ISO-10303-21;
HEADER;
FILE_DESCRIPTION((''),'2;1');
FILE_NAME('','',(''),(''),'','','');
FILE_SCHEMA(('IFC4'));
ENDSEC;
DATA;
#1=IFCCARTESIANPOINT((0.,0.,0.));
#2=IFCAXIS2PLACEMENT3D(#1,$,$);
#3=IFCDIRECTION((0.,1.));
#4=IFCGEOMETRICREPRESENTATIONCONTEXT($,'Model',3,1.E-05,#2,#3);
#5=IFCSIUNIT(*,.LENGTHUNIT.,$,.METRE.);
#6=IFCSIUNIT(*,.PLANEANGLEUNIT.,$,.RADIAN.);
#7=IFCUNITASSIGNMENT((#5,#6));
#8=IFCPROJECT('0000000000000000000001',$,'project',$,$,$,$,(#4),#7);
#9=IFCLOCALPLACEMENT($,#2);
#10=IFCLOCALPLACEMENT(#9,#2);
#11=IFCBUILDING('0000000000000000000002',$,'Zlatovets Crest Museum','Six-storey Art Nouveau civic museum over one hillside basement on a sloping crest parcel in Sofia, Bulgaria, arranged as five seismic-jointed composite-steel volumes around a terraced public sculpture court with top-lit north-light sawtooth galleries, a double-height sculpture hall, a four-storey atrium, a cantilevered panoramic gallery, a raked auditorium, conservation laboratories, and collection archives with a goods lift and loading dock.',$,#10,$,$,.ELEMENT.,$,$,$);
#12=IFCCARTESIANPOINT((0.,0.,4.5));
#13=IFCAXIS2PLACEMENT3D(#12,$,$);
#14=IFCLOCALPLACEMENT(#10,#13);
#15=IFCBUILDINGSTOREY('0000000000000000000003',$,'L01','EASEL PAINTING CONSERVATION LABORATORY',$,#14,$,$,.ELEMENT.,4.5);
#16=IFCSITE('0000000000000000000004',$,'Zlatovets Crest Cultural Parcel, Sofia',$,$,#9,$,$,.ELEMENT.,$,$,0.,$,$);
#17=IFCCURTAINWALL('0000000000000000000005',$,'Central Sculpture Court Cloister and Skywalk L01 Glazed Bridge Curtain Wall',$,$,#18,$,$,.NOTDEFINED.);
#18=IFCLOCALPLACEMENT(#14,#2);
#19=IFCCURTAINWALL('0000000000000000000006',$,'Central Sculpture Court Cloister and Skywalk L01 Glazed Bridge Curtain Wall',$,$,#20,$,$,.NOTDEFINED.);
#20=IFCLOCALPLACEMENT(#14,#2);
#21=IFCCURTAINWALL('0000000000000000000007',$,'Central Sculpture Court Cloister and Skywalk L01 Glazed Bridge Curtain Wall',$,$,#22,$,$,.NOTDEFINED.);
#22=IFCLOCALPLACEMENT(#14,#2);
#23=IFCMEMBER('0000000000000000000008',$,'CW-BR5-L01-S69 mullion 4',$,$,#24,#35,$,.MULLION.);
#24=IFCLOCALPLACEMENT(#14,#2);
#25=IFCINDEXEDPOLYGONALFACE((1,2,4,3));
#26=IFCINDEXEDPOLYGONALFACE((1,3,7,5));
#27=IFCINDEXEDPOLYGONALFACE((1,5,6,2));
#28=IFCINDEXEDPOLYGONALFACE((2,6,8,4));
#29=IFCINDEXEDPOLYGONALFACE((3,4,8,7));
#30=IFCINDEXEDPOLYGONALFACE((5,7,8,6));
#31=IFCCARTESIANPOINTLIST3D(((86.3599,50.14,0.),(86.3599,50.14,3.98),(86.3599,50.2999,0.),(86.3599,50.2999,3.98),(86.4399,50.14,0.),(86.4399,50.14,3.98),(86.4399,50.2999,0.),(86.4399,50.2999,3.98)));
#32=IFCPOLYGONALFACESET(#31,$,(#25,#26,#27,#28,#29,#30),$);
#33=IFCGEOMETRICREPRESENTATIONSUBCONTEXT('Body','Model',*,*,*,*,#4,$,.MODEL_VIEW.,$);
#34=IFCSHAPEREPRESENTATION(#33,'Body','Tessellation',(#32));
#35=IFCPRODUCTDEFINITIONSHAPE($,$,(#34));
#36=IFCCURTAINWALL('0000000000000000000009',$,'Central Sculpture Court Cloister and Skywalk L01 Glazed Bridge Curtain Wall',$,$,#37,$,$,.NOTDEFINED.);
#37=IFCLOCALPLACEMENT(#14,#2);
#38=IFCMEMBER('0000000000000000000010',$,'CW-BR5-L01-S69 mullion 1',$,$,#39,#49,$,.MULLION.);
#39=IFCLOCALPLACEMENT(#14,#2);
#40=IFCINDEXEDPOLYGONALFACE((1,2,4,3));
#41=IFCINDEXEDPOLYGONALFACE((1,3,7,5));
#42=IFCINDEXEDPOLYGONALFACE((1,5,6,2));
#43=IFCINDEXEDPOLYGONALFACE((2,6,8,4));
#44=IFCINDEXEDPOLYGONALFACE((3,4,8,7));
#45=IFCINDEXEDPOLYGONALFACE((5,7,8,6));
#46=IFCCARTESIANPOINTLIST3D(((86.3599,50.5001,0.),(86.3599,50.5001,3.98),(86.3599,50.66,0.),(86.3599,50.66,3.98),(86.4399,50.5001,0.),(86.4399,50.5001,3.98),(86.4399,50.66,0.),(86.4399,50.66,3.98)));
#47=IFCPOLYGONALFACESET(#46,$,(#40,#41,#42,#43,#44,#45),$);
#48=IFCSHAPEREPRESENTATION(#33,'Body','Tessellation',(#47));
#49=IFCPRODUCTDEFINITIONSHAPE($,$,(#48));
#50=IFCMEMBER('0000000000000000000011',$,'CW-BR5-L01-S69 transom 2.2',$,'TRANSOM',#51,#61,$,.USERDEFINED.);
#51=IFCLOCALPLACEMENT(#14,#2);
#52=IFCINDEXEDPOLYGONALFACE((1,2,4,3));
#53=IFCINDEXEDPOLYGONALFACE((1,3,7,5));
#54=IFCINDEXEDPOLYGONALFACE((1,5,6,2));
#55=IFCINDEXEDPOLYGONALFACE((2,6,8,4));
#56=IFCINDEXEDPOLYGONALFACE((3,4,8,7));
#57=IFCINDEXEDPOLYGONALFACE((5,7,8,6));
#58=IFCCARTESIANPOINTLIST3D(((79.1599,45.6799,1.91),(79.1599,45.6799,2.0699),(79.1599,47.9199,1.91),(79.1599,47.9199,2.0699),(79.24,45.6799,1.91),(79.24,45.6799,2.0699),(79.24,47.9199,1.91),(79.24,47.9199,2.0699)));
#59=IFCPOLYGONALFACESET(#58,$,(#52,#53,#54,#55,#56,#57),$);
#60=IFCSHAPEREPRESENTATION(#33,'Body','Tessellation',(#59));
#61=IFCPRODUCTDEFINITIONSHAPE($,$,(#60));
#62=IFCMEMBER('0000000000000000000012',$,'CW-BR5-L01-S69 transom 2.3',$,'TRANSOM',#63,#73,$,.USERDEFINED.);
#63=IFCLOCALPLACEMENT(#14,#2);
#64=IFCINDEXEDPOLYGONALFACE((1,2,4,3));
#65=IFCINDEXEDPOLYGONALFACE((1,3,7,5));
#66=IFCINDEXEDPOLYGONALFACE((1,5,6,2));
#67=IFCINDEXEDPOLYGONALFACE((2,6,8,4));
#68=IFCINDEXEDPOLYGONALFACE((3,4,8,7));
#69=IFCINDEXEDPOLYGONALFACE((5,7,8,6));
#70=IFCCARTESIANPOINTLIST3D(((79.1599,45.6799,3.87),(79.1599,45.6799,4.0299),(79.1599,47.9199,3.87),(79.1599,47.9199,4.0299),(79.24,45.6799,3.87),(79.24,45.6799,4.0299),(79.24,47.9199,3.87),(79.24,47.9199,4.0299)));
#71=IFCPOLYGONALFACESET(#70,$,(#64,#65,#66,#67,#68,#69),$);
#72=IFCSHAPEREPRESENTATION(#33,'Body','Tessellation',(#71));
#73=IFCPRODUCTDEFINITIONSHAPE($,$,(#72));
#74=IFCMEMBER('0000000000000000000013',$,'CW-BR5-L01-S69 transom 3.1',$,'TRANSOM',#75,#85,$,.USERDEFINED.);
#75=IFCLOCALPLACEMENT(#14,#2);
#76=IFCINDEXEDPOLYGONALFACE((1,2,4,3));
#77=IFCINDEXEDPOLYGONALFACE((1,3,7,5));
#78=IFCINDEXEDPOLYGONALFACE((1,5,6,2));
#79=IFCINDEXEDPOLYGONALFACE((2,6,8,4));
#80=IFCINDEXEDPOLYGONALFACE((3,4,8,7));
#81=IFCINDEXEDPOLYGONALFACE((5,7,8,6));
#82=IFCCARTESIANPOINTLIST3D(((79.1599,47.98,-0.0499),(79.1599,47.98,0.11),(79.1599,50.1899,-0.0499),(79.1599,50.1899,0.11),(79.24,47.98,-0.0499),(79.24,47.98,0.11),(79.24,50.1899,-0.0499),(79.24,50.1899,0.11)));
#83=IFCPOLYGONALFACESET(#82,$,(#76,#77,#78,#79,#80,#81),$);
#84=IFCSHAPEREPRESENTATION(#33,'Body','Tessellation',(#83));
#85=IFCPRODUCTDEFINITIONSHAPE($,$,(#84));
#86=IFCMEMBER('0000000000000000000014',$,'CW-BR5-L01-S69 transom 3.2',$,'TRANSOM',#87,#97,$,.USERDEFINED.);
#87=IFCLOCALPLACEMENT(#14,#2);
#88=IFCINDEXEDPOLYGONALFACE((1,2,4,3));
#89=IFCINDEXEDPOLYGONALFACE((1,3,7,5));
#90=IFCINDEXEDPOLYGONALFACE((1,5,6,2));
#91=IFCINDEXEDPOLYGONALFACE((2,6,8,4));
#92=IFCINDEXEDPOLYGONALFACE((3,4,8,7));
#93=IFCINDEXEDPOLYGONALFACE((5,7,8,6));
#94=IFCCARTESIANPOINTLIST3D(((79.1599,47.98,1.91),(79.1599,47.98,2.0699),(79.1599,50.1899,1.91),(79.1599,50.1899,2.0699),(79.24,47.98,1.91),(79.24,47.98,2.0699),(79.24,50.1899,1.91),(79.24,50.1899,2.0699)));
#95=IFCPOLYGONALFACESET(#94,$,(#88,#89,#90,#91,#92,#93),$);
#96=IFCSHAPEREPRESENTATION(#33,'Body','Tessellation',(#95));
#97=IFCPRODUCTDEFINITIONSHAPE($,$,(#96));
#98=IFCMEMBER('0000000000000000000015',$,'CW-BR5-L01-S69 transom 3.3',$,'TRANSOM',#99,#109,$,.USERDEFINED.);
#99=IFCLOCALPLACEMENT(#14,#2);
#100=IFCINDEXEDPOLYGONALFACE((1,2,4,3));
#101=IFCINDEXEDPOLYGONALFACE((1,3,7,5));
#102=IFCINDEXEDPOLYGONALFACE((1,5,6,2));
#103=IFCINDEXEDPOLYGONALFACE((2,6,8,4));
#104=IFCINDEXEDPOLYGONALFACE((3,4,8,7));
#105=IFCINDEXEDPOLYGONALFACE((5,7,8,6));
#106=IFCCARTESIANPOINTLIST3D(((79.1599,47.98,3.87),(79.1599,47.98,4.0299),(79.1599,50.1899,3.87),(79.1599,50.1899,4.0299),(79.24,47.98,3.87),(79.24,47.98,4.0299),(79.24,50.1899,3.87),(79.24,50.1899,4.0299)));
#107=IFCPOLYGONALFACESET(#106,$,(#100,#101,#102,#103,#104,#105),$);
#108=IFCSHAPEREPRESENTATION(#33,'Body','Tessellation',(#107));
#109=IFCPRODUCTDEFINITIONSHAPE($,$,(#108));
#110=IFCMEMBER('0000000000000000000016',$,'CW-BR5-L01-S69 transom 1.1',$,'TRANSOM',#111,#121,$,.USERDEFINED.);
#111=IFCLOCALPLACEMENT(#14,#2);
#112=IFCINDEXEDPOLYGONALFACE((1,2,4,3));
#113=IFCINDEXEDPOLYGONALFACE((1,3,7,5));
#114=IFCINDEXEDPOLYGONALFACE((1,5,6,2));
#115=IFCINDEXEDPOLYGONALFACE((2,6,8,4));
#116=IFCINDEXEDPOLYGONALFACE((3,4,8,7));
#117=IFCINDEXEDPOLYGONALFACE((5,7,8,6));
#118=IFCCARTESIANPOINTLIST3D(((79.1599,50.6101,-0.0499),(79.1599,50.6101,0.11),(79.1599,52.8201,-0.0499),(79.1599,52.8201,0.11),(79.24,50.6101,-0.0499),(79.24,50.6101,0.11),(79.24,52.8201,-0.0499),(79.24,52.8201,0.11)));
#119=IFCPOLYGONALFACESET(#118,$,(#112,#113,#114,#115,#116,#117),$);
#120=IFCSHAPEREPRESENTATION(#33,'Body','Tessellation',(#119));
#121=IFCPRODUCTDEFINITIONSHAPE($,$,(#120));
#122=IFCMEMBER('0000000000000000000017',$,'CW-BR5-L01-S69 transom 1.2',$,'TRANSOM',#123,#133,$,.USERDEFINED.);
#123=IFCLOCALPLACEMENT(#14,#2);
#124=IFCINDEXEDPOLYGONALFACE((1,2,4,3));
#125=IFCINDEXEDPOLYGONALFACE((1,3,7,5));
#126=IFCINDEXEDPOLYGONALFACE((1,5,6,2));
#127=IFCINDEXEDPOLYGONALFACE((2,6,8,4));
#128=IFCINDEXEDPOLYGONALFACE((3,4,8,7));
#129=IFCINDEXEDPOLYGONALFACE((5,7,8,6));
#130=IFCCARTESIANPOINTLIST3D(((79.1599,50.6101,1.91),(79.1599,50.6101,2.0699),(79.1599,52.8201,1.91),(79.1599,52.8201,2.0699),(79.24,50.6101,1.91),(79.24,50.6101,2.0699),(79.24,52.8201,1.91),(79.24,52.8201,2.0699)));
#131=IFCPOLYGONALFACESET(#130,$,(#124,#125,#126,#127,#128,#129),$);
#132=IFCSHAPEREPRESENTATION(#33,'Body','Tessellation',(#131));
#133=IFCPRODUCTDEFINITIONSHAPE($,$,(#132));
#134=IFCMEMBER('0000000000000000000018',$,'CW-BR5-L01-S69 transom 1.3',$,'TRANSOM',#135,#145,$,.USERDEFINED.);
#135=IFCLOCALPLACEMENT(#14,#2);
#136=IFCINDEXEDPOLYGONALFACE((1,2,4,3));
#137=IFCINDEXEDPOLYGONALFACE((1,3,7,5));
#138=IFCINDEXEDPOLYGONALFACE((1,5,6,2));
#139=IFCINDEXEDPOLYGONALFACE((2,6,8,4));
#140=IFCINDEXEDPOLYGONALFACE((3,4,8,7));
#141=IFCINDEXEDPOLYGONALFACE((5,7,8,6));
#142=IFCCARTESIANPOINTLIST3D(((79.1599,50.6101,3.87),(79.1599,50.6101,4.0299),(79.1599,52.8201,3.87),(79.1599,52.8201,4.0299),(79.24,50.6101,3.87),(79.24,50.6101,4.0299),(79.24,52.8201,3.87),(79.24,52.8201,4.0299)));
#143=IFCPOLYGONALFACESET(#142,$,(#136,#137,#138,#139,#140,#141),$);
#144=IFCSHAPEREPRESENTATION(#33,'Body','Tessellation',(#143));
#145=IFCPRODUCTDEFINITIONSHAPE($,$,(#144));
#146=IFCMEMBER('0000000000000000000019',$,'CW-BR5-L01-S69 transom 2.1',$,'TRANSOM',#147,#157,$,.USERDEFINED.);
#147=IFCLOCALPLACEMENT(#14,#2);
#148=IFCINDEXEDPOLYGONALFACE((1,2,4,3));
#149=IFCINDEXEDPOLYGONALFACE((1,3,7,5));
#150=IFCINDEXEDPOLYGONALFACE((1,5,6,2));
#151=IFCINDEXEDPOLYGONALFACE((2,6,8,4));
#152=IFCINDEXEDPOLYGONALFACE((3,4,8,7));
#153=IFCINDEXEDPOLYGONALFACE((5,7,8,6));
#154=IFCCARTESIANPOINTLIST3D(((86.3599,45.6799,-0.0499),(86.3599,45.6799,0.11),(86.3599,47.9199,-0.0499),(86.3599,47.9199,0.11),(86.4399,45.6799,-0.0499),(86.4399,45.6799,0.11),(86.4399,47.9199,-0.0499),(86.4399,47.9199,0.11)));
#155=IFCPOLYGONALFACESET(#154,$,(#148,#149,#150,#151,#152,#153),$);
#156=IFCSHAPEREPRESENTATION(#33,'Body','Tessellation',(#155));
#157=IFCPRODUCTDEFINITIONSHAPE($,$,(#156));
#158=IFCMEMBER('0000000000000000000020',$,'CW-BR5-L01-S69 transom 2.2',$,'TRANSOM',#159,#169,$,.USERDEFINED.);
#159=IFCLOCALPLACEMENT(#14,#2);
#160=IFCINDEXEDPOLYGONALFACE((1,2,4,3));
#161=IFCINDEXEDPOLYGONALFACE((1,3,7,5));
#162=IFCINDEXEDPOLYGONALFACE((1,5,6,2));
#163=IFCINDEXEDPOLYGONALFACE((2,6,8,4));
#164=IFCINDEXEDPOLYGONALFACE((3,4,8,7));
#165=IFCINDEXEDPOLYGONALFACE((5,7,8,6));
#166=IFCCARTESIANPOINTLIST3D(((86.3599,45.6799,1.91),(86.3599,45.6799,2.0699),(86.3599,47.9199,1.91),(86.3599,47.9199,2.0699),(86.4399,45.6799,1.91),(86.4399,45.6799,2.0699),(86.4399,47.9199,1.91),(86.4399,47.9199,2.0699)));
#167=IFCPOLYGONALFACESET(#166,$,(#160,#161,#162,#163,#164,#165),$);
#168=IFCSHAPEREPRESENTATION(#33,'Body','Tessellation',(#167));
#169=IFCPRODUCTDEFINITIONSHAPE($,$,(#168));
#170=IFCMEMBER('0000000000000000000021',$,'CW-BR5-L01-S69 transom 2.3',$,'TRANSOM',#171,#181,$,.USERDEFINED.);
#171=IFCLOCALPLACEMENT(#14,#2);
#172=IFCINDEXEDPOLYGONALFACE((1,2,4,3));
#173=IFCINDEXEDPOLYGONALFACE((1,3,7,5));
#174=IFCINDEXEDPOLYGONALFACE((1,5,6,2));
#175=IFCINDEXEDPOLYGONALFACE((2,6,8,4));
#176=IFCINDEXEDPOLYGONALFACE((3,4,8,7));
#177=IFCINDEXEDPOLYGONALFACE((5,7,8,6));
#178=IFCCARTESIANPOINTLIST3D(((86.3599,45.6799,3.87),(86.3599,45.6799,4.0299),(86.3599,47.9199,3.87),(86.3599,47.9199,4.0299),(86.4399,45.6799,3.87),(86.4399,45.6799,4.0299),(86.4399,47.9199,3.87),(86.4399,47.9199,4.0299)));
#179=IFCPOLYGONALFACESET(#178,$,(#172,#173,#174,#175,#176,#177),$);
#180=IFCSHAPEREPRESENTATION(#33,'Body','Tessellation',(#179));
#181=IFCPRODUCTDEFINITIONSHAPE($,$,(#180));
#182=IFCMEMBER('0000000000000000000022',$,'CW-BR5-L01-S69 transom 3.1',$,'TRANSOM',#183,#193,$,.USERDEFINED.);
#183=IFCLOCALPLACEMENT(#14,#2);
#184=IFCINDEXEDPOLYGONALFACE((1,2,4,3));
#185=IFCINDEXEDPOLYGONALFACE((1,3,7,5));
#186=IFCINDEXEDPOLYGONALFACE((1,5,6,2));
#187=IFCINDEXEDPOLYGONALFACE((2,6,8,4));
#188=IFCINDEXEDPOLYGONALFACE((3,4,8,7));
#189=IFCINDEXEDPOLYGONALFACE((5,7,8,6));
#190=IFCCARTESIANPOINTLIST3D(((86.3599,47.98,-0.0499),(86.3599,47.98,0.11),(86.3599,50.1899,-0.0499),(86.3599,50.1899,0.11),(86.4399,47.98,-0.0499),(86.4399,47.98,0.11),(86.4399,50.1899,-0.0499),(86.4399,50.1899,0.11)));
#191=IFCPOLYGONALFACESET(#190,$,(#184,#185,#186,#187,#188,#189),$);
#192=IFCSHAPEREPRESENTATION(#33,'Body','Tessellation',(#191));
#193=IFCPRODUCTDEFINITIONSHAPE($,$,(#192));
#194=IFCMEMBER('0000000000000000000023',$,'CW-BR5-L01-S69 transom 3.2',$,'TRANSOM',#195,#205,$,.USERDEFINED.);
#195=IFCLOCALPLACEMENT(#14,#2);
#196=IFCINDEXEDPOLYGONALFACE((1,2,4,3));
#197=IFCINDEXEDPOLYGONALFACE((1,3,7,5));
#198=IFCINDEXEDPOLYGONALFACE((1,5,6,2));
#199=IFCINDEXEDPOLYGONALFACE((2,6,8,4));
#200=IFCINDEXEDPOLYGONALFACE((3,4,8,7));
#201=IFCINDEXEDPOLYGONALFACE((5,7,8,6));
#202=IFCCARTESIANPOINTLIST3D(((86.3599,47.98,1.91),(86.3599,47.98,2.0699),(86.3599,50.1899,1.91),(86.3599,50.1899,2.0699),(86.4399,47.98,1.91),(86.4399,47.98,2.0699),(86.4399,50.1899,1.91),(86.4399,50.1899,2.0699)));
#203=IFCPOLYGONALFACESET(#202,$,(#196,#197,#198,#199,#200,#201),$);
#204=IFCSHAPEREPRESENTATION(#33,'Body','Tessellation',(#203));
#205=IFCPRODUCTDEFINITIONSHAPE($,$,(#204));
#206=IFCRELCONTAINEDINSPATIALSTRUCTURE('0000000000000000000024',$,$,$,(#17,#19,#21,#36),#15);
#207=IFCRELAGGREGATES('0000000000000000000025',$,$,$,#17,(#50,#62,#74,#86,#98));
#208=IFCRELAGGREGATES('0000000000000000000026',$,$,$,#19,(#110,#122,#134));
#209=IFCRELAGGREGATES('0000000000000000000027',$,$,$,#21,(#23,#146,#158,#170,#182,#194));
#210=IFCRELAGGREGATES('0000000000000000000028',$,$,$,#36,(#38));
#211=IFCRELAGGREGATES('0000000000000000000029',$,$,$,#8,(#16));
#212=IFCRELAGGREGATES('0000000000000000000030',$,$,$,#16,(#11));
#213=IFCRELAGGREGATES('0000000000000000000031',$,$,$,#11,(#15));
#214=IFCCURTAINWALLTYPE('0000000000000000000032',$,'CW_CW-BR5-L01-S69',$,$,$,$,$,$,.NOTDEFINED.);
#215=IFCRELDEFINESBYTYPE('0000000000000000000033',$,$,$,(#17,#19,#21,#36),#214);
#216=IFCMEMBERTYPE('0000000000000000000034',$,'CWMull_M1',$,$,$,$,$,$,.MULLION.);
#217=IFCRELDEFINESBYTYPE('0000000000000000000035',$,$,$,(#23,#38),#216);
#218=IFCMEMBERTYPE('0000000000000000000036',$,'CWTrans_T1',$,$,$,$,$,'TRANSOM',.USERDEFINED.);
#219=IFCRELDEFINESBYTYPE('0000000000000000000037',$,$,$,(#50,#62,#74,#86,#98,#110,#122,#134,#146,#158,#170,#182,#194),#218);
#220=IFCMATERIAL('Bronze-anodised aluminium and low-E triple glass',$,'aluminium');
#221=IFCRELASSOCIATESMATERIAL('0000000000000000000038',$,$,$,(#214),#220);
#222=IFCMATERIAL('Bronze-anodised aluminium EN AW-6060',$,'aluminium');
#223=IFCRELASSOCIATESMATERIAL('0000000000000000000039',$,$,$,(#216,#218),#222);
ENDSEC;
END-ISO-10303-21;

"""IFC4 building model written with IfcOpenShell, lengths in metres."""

from ifc_helpers import new_model, si_unit, direction, frame, origin, origin_2d, place, context, subcontext, project, spatial, rectangle, extrude, material, material_profile, profile_set, type_object, element, aggregate, save


model = new_model("IFC4")

# Units and contexts
model_context = context("Model", 3, precision=1e-05, world=origin(), true_north=direction((0.0, 1.0)))
body_context = subcontext(model_context, "Body", "Model", "MODEL_VIEW")
ifc_project = project(units=[si_unit("LENGTHUNIT", "METRE"), si_unit("PLANEANGLEUNIT", "RADIAN")], contexts=[model_context])

# Site, building, storey
site_placement = place(None, origin())
site = spatial("IfcSite", under=ifc_project, at=site_placement, Name="Zlatovets Crest Cultural Parcel, Sofia", CompositionType="ELEMENT", RefElevation=0.0)
building_placement = place(site_placement, origin())
building = spatial("IfcBuilding", under=site, at=building_placement, Name="Zlatovets Crest Museum", Description="Six-storey Art Nouveau civic museum over one hillside basement on a sloping crest parcel in Sofia, Bulgaria, arranged as five seismic-jointed composite-steel volumes around a terraced public sculpture court with top-lit north-light sawtooth galleries, a double-height sculpture hall, a four-storey atrium, a cantilevered panoramic gallery, a raked auditorium, conservation laboratories, and collection archives with a goods lift and loading dock.", CompositionType="ELEMENT")
storey_placement = place(building_placement, frame((0.0, 0.0, 4.5)))
storey = spatial("IfcBuildingStorey", under=building, at=storey_placement, Name="L01", Description="EASEL PAINTING CONSERVATION LABORATORY", CompositionType="ELEMENT", Elevation=4.5)

# Curtain walls, member
ifc_material_1 = material(Name="Bronze-anodised aluminium and low-E triple glass", Category="aluminium")
curtain_wall_type = type_object("IfcCurtainWallType", Name="CW_CW-BR5-L01-S69", PredefinedType="NOTDEFINED", material=ifc_material_1)
curtain_wall_1_placement = place(storey_placement, origin())
curtain_wall_1 = element("IfcCurtainWall", 1, at=curtain_wall_1_placement, inside=storey, type_object=curtain_wall_type, Name="Central Sculpture Court Cloister and Skywalk L01 Glazed Bridge Curtain Wall", PredefinedType="NOTDEFINED")
ifc_material_2 = material(Name="Bronze-anodised aluminium EN AW-6060", Category="aluminium")
ifc_material_profile_1 = material_profile(ifc_material_2, rectangle(XDim=0.0801, YDim=0.1599, at=origin_2d()), Name="ALU 80x160")
ifc_profile_set_1 = profile_set([ifc_material_profile_1], Name="Bronze-anodised aluminium EN AW-6060")
member_type_1 = type_object("IfcMemberType", Name="CWMull_M1", PredefinedType="MULLION", material=ifc_profile_set_1)
curtain_wall_2_placement = place(storey_placement, origin())
curtain_wall_2 = element("IfcCurtainWall", 2, at=curtain_wall_2_placement, inside=storey, type_object=curtain_wall_type, Name="Central Sculpture Court Cloister and Skywalk L01 Glazed Bridge Curtain Wall", PredefinedType="NOTDEFINED")
curtain_wall_3_placement = place(storey_placement, origin())
curtain_wall_3 = element("IfcCurtainWall", 3, at=curtain_wall_3_placement, inside=storey, type_object=curtain_wall_type, Name="Central Sculpture Court Cloister and Skywalk L01 Glazed Bridge Curtain Wall", PredefinedType="NOTDEFINED")
member_1_placement = place(storey_placement, frame((86.3999, 50.22, 0.0), z_axis=(0.0, 0.0, 1.0), x_axis=(-1.0, 0.0, 0.0)))
member_1 = element("IfcMember", 4, at=member_1_placement, type_object=member_type_1, Name="CW-BR5-L01-S69 mullion 4", PredefinedType="MULLION", context=body_context, shape_type="SweptSolid", body=[
    extrude(rectangle(XDim=0.0801, YDim=0.1599, at=origin_2d()), origin(), (0.0, 0.0, 1.0), 3.98),
])

# Curtain wall, member
curtain_wall_4_placement = place(storey_placement, origin())
curtain_wall_4 = element("IfcCurtainWall", 5, at=curtain_wall_4_placement, inside=storey, type_object=curtain_wall_type, Name="Central Sculpture Court Cloister and Skywalk L01 Glazed Bridge Curtain Wall", PredefinedType="NOTDEFINED")
member_2_placement = place(storey_placement, frame((86.3999, 50.5801, 0.0), z_axis=(0.0, 0.0, 1.0), x_axis=(-1.0, 0.0, 0.0)))
member_2 = element("IfcMember", 6, at=member_2_placement, type_object=member_type_1, Name="CW-BR5-L01-S69 mullion 1", PredefinedType="MULLION", context=body_context, shape_type="SweptSolid", body=[
    extrude(rectangle(XDim=0.0801, YDim=0.1599, at=origin_2d()), origin(), (0.0, 0.0, 1.0), 3.98),
])

# Members
ifc_material_profile_2 = material_profile(ifc_material_2, rectangle(XDim=0.0801, YDim=0.1599, at=origin_2d()), Name="ALU 80x160")
ifc_profile_set_2 = profile_set([ifc_material_profile_2], Name="Bronze-anodised aluminium EN AW-6060")
member_type_2 = type_object("IfcMemberType", Name="CWTrans_T1", ElementType="TRANSOM", PredefinedType="USERDEFINED", material=ifc_profile_set_2)
member_3_placement = place(storey_placement, frame((79.2, 45.6799, 1.99), z_axis=(0.0, 1.0, 0.0), x_axis=(-1.0, 0.0, 0.0)))
member_3 = element("IfcMember", 7, at=member_3_placement, type_object=member_type_2, Name="CW-BR5-L01-S69 transom 2.2", ObjectType="TRANSOM", PredefinedType="USERDEFINED", context=body_context, shape_type="SweptSolid", body=[
    extrude(rectangle(XDim=0.0801, YDim=0.1599, at=origin_2d()), origin(), (0.0, 0.0, 1.0), 2.24),
])
member_4_placement = place(storey_placement, frame((79.2, 45.6799, 3.95), z_axis=(0.0, 1.0, 0.0), x_axis=(-1.0, 0.0, 0.0)))
member_4 = element("IfcMember", 8, at=member_4_placement, type_object=member_type_2, Name="CW-BR5-L01-S69 transom 2.3", ObjectType="TRANSOM", PredefinedType="USERDEFINED", context=body_context, shape_type="SweptSolid", body=[
    extrude(rectangle(XDim=0.0801, YDim=0.1599, at=origin_2d()), origin(), (0.0, 0.0, 1.0), 2.24),
])
member_5_placement = place(storey_placement, frame((79.2, 47.98, 0.03), z_axis=(0.0, 1.0, 0.0), x_axis=(-1.0, 0.0, 0.0)))
member_5 = element("IfcMember", 9, at=member_5_placement, type_object=member_type_2, Name="CW-BR5-L01-S69 transom 3.1", ObjectType="TRANSOM", PredefinedType="USERDEFINED", context=body_context, shape_type="SweptSolid", body=[
    extrude(rectangle(XDim=0.0801, YDim=0.1599, at=origin_2d()), origin(), (0.0, 0.0, 1.0), 2.21),
])
member_6_placement = place(storey_placement, frame((79.2, 47.98, 1.99), z_axis=(0.0, 1.0, 0.0), x_axis=(-1.0, 0.0, 0.0)))
member_6 = element("IfcMember", 10, at=member_6_placement, type_object=member_type_2, Name="CW-BR5-L01-S69 transom 3.2", ObjectType="TRANSOM", PredefinedType="USERDEFINED", context=body_context, shape_type="SweptSolid", body=[
    extrude(rectangle(XDim=0.0801, YDim=0.1599, at=origin_2d()), origin(), (0.0, 0.0, 1.0), 2.21),
])
member_7_placement = place(storey_placement, frame((79.2, 47.98, 3.95), z_axis=(0.0, 1.0, 0.0), x_axis=(-1.0, 0.0, 0.0)))
member_7 = element("IfcMember", 11, at=member_7_placement, type_object=member_type_2, Name="CW-BR5-L01-S69 transom 3.3", ObjectType="TRANSOM", PredefinedType="USERDEFINED", context=body_context, shape_type="SweptSolid", body=[
    extrude(rectangle(XDim=0.0801, YDim=0.1599, at=origin_2d()), origin(), (0.0, 0.0, 1.0), 2.21),
])
member_8_placement = place(storey_placement, frame((79.2, 50.6101, 0.03), z_axis=(0.0, 1.0, 0.0), x_axis=(-1.0, 0.0, 0.0)))
member_8 = element("IfcMember", 12, at=member_8_placement, type_object=member_type_2, Name="CW-BR5-L01-S69 transom 1.1", ObjectType="TRANSOM", PredefinedType="USERDEFINED", context=body_context, shape_type="SweptSolid", body=[
    extrude(rectangle(XDim=0.0801, YDim=0.1599, at=origin_2d()), origin(), (0.0, 0.0, 1.0), 2.21),
])
member_9_placement = place(storey_placement, frame((79.2, 50.6101, 1.99), z_axis=(0.0, 1.0, 0.0), x_axis=(-1.0, 0.0, 0.0)))
member_9 = element("IfcMember", 13, at=member_9_placement, type_object=member_type_2, Name="CW-BR5-L01-S69 transom 1.2", ObjectType="TRANSOM", PredefinedType="USERDEFINED", context=body_context, shape_type="SweptSolid", body=[
    extrude(rectangle(XDim=0.0801, YDim=0.1599, at=origin_2d()), origin(), (0.0, 0.0, 1.0), 2.21),
])
member_10_placement = place(storey_placement, frame((79.2, 50.6101, 3.95), z_axis=(0.0, 1.0, 0.0), x_axis=(-1.0, 0.0, 0.0)))
member_10 = element("IfcMember", 14, at=member_10_placement, type_object=member_type_2, Name="CW-BR5-L01-S69 transom 1.3", ObjectType="TRANSOM", PredefinedType="USERDEFINED", context=body_context, shape_type="SweptSolid", body=[
    extrude(rectangle(XDim=0.0801, YDim=0.1599, at=origin_2d()), origin(), (0.0, 0.0, 1.0), 2.21),
])
member_11_placement = place(storey_placement, frame((86.3999, 45.6799, 0.03), z_axis=(0.0, 1.0, 0.0), x_axis=(-1.0, 0.0, 0.0)))
member_11 = element("IfcMember", 15, at=member_11_placement, type_object=member_type_2, Name="CW-BR5-L01-S69 transom 2.1", ObjectType="TRANSOM", PredefinedType="USERDEFINED", context=body_context, shape_type="SweptSolid", body=[
    extrude(rectangle(XDim=0.0801, YDim=0.1599, at=origin_2d()), origin(), (0.0, 0.0, 1.0), 2.24),
])
member_12_placement = place(storey_placement, frame((86.3999, 45.6799, 1.99), z_axis=(0.0, 1.0, 0.0), x_axis=(-1.0, 0.0, 0.0)))
member_12 = element("IfcMember", 16, at=member_12_placement, type_object=member_type_2, Name="CW-BR5-L01-S69 transom 2.2", ObjectType="TRANSOM", PredefinedType="USERDEFINED", context=body_context, shape_type="SweptSolid", body=[
    extrude(rectangle(XDim=0.0801, YDim=0.1599, at=origin_2d()), origin(), (0.0, 0.0, 1.0), 2.24),
])
member_13_placement = place(storey_placement, frame((86.3999, 45.6799, 3.95), z_axis=(0.0, 1.0, 0.0), x_axis=(-1.0, 0.0, 0.0)))
member_13 = element("IfcMember", 17, at=member_13_placement, type_object=member_type_2, Name="CW-BR5-L01-S69 transom 2.3", ObjectType="TRANSOM", PredefinedType="USERDEFINED", context=body_context, shape_type="SweptSolid", body=[
    extrude(rectangle(XDim=0.0801, YDim=0.1599, at=origin_2d()), origin(), (0.0, 0.0, 1.0), 2.24),
])
member_14_placement = place(storey_placement, frame((86.3999, 47.98, 0.03), z_axis=(0.0, 1.0, 0.0), x_axis=(-1.0, 0.0, 0.0)))
member_14 = element("IfcMember", 18, at=member_14_placement, type_object=member_type_2, Name="CW-BR5-L01-S69 transom 3.1", ObjectType="TRANSOM", PredefinedType="USERDEFINED", context=body_context, shape_type="SweptSolid", body=[
    extrude(rectangle(XDim=0.0801, YDim=0.1599, at=origin_2d()), origin(), (0.0, 0.0, 1.0), 2.21),
])
member_15_placement = place(storey_placement, frame((86.3999, 47.98, 1.99), z_axis=(0.0, 1.0, 0.0), x_axis=(-1.0, 0.0, 0.0)))
member_15 = element("IfcMember", 19, at=member_15_placement, type_object=member_type_2, Name="CW-BR5-L01-S69 transom 3.2", ObjectType="TRANSOM", PredefinedType="USERDEFINED", context=body_context, shape_type="SweptSolid", body=[
    extrude(rectangle(XDim=0.0801, YDim=0.1599, at=origin_2d()), origin(), (0.0, 0.0, 1.0), 2.21),
])

aggregate(curtain_wall_1, [member_3, member_4, member_5, member_6, member_7])
aggregate(curtain_wall_2, [member_8, member_9, member_10])
aggregate(curtain_wall_3, [member_1, member_11, member_12, member_13, member_14, member_15])
aggregate(curtain_wall_4, [member_2])

save(model, "model.ifc")
